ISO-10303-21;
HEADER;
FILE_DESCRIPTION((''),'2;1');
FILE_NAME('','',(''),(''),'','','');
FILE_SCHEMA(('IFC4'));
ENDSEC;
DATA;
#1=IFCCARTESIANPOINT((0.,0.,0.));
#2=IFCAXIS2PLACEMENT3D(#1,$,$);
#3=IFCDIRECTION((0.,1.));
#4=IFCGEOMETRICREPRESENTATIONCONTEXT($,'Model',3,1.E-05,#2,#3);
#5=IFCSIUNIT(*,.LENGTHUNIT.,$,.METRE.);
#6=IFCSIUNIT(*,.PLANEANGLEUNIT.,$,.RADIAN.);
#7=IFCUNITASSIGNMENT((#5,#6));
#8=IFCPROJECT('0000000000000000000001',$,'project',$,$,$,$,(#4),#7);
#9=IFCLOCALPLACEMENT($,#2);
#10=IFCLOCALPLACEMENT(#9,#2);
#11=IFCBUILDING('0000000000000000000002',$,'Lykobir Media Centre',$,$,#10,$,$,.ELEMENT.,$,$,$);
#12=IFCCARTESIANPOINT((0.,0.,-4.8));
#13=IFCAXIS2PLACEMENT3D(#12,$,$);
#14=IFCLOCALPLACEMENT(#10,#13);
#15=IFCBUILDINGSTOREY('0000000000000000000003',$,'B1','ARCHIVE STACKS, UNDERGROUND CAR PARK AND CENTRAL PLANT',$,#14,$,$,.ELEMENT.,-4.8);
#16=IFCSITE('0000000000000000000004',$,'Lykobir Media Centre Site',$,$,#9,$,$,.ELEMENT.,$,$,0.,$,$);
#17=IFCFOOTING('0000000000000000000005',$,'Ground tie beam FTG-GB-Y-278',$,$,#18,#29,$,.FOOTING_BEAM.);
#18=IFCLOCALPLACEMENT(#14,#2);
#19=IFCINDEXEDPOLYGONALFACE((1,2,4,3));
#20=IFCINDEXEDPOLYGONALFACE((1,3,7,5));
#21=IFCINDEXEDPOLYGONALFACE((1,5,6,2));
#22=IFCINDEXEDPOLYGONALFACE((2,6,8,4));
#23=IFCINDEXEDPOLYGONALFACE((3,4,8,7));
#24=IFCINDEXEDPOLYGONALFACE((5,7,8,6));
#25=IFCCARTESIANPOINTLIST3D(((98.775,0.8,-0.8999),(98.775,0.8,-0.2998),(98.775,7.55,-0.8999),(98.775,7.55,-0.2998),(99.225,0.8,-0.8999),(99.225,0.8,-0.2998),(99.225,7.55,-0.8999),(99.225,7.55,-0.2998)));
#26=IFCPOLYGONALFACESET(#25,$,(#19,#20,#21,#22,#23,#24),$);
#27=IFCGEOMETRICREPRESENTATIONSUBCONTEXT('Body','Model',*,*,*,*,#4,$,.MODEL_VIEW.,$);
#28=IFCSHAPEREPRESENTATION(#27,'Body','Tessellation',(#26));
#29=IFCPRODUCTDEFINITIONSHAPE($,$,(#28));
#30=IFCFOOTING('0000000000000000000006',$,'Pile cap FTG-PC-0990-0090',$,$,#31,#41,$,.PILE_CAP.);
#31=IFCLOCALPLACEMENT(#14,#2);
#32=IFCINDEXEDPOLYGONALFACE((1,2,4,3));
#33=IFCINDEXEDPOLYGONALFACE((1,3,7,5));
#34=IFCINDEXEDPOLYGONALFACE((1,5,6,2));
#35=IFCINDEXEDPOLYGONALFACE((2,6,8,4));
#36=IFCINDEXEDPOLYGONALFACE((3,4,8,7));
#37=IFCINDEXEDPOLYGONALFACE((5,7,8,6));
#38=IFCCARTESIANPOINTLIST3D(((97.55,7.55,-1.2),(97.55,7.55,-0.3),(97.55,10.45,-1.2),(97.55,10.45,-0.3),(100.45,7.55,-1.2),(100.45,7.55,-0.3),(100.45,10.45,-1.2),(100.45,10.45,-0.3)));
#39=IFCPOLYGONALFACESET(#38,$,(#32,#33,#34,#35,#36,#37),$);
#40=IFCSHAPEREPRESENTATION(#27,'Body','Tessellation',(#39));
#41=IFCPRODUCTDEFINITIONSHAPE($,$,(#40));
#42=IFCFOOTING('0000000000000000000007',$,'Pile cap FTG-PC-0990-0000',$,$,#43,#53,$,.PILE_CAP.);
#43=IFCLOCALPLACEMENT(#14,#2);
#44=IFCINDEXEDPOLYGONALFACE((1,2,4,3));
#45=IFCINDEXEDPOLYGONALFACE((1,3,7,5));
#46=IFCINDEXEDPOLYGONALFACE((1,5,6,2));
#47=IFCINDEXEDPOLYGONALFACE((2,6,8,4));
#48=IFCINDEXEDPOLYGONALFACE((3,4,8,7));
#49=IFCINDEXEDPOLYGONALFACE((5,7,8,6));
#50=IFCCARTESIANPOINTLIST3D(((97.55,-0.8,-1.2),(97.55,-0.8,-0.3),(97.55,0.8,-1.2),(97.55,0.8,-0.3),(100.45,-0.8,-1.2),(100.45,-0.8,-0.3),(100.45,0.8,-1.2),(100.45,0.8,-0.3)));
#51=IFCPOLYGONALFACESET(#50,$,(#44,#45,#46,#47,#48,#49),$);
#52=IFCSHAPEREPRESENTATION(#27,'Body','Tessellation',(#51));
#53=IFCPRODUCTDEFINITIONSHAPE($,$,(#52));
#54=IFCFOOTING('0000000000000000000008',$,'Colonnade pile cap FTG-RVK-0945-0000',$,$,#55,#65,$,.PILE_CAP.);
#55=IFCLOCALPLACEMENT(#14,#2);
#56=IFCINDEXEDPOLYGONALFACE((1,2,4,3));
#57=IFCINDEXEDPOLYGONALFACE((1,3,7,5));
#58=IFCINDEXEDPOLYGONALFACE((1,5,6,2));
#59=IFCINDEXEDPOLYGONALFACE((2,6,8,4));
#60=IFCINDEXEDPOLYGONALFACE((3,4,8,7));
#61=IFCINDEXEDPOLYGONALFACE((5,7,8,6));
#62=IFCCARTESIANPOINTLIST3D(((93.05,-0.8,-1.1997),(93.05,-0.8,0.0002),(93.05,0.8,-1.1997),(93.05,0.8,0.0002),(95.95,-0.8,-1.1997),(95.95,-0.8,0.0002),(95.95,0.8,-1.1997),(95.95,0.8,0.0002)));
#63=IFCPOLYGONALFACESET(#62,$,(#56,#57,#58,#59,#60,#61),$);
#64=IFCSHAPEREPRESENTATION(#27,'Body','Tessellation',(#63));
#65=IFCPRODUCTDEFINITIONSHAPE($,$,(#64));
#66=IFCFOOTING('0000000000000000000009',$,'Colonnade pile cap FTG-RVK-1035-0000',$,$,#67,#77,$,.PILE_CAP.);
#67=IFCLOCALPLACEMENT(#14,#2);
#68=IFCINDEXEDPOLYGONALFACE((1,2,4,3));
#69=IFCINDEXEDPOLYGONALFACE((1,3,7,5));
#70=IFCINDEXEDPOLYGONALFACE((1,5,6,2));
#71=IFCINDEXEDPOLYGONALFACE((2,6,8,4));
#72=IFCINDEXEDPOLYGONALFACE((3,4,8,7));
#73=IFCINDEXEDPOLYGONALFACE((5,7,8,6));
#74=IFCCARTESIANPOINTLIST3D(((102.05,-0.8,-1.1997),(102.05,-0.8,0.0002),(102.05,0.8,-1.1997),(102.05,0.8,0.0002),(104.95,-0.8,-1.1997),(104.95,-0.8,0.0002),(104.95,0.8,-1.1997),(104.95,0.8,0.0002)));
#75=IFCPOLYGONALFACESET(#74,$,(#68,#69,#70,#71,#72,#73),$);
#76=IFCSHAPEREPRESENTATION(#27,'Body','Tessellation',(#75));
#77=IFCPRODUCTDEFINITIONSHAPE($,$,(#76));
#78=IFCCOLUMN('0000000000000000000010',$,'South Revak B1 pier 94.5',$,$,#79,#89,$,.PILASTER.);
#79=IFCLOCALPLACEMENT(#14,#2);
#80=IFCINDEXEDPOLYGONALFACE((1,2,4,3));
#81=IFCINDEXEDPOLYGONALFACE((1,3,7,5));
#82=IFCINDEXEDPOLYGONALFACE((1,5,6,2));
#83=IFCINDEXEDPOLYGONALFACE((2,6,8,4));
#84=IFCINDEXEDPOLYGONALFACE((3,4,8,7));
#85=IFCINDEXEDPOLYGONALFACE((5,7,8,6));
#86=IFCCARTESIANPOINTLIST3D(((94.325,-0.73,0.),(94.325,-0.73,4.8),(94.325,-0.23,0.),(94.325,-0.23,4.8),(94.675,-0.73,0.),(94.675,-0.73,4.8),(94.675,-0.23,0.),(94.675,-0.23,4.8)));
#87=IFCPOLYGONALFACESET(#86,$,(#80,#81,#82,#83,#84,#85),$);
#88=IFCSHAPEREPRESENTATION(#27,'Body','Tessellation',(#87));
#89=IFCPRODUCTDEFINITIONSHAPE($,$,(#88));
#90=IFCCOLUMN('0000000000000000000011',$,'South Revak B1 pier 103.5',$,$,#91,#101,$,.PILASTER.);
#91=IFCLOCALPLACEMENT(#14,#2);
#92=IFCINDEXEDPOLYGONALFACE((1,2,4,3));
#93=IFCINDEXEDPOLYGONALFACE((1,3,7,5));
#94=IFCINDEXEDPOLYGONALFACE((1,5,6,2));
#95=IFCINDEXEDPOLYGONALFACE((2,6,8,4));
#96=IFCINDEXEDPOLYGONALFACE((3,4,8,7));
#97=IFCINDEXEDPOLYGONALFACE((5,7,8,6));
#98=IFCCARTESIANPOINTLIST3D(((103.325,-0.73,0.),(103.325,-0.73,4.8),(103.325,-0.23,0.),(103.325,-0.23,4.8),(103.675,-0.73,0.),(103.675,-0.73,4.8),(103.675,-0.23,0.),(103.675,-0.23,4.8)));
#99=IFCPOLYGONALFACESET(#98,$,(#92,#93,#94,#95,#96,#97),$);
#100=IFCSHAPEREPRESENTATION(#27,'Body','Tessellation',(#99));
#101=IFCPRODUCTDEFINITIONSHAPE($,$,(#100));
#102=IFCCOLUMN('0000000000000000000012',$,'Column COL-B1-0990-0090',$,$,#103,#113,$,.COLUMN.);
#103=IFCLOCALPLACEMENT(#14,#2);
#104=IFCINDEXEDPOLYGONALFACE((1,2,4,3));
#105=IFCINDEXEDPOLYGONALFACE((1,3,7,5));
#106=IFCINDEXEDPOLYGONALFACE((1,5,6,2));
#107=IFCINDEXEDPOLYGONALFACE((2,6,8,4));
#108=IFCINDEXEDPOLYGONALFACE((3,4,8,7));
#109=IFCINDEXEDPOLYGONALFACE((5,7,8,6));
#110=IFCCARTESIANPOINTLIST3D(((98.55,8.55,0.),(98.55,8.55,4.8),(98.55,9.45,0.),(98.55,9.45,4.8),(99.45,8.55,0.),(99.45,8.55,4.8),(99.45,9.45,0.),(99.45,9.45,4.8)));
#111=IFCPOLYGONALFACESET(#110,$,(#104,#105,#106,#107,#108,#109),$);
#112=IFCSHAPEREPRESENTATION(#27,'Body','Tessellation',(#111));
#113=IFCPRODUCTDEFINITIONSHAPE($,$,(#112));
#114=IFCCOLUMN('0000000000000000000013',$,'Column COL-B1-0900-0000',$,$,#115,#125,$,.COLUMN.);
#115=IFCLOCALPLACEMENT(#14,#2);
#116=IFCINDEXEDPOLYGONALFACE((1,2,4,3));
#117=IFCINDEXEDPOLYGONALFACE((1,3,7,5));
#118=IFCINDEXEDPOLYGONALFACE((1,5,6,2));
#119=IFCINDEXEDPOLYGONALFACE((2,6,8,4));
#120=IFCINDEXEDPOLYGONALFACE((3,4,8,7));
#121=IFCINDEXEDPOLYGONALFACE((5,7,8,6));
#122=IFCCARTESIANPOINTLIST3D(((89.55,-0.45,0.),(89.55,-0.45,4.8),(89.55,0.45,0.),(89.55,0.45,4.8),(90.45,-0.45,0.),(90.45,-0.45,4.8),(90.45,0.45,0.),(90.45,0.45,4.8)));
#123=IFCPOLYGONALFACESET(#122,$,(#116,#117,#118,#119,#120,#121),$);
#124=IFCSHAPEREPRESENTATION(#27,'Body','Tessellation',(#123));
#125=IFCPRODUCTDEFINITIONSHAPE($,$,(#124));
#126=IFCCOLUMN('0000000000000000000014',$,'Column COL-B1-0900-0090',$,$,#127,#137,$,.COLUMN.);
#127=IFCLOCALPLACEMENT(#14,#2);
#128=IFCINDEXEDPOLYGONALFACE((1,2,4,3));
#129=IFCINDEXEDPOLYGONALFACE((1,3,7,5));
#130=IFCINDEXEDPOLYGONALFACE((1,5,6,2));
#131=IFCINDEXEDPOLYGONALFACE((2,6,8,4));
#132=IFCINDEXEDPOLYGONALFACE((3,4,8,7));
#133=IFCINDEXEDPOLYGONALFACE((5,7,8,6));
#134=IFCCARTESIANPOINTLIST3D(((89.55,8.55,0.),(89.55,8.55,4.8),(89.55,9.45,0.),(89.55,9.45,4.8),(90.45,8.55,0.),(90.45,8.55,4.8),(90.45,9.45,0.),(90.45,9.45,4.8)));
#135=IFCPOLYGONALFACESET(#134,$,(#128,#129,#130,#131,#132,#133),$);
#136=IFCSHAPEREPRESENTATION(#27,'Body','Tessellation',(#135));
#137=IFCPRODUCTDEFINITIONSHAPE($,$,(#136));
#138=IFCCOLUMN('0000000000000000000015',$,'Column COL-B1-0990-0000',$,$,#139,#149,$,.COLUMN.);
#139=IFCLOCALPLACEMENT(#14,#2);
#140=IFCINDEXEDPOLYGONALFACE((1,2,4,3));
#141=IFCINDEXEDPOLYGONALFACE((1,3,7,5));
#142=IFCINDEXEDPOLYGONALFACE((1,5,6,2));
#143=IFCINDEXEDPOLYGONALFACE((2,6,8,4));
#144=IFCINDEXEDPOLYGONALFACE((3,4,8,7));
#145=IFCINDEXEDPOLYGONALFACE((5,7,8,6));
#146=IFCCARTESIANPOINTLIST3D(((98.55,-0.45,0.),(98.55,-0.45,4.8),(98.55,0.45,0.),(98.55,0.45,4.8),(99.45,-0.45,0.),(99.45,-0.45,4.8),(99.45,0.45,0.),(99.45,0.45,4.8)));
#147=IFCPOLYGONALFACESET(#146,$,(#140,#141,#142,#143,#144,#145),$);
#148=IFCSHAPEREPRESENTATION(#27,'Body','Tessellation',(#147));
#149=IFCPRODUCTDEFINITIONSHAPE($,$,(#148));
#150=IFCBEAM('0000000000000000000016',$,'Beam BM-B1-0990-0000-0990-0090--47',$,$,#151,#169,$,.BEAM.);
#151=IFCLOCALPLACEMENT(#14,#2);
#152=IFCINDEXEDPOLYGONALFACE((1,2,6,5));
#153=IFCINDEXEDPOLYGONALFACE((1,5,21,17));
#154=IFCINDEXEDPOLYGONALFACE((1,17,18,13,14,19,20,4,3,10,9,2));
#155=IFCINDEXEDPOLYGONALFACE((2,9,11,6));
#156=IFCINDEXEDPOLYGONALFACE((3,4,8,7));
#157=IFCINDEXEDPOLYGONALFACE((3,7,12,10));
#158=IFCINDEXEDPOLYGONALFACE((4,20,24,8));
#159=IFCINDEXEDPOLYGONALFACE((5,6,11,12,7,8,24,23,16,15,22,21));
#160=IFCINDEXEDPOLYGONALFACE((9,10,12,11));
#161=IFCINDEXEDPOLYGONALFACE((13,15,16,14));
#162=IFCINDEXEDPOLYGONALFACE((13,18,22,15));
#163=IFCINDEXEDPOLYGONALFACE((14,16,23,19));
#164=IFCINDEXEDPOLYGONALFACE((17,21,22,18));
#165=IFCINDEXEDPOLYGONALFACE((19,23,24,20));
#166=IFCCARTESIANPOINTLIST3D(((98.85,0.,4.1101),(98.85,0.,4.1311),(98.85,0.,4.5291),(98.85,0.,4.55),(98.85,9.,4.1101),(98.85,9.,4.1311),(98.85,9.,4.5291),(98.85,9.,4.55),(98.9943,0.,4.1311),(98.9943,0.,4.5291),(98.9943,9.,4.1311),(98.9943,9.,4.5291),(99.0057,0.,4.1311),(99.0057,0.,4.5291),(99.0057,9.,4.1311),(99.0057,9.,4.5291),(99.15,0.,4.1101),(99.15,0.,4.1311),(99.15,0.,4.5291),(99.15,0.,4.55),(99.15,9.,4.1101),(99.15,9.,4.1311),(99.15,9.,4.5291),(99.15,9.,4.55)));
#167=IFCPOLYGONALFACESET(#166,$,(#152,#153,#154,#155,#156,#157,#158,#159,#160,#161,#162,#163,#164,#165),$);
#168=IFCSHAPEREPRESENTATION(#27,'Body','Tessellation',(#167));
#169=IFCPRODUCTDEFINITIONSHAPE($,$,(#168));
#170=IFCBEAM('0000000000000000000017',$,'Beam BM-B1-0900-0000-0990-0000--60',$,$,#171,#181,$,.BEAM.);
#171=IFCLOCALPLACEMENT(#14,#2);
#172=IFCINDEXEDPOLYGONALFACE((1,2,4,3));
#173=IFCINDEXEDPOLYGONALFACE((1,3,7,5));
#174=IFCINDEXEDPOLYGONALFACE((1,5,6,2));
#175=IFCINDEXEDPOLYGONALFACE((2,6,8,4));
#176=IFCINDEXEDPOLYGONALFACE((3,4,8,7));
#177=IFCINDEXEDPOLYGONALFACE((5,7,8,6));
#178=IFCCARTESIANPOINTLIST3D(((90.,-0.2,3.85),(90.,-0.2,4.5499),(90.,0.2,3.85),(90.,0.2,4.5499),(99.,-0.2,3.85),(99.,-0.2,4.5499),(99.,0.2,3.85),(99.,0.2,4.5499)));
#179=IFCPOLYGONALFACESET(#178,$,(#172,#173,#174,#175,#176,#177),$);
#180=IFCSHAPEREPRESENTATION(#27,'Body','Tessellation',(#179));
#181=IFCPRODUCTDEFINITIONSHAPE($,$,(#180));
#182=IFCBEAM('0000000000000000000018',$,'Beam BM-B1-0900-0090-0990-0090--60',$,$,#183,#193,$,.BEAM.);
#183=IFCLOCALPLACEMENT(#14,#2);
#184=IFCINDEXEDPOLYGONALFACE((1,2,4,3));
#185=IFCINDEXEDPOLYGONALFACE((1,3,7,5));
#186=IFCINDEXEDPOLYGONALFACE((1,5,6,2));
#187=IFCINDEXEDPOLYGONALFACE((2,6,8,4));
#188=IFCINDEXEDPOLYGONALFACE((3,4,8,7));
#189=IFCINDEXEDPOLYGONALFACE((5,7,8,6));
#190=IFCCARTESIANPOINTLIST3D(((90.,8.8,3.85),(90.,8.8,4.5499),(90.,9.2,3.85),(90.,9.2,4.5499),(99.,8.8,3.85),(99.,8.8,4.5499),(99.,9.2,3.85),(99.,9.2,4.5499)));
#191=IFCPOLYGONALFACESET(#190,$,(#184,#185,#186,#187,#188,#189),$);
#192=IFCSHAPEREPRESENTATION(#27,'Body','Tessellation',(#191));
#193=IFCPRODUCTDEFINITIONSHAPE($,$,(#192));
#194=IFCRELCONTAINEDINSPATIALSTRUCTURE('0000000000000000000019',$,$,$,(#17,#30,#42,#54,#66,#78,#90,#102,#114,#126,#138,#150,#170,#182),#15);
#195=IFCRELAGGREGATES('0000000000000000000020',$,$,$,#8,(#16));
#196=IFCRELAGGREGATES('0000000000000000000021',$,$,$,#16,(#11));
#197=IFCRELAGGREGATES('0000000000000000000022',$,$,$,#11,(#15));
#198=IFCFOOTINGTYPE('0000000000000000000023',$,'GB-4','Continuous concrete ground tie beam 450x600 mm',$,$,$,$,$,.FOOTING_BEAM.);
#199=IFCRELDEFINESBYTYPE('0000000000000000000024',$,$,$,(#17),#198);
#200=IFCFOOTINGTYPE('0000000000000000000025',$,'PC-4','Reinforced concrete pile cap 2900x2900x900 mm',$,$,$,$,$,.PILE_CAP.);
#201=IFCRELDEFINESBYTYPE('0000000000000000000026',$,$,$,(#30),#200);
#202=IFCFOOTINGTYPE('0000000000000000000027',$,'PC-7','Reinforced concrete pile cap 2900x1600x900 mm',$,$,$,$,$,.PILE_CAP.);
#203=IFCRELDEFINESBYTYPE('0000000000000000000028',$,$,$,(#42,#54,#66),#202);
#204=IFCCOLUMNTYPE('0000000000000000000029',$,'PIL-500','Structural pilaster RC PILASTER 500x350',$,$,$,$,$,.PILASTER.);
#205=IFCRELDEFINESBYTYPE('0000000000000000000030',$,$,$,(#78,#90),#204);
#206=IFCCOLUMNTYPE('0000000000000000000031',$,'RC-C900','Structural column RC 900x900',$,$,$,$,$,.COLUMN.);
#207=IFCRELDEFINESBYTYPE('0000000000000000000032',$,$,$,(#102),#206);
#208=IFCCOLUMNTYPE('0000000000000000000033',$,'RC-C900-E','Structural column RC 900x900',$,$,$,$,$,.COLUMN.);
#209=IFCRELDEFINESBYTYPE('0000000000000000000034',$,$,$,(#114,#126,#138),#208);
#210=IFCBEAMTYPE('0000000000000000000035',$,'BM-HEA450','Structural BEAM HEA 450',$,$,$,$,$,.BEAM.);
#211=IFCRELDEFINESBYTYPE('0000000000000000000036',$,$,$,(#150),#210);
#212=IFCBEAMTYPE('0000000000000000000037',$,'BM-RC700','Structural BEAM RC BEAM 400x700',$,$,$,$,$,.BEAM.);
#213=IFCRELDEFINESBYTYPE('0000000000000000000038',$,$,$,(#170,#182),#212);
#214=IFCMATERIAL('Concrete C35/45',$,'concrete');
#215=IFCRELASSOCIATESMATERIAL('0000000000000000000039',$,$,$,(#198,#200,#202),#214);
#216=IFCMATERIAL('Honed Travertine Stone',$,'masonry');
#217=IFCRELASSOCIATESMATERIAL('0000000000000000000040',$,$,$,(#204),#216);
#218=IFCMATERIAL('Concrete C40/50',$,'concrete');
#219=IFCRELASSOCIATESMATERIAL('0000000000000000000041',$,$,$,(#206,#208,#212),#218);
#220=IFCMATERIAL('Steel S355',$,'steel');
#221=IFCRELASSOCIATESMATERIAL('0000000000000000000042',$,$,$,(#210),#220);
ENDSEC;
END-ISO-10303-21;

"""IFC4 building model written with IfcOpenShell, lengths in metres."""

from ifc_helpers import new_model, si_unit, direction, frame, origin, origin_2d, place, context, subcontext, project, spatial, rectangle, i_section, extrude, material, material_profile, profile_set, type_object, element, save


model = new_model("IFC4")

# Units and contexts
model_context = context("Model", 3, precision=1e-05, world=origin(), true_north=direction((0.0, 1.0)))
body_context = subcontext(model_context, "Body", "Model", "MODEL_VIEW")
ifc_project = project(units=[si_unit("LENGTHUNIT", "METRE"), si_unit("PLANEANGLEUNIT", "RADIAN")], contexts=[model_context])

# Site, building, storey
site_placement = place(None, origin())
site = spatial("IfcSite", under=ifc_project, at=site_placement, Name="Lykobir Media Centre Site", CompositionType="ELEMENT", RefElevation=0.0)
building_placement = place(site_placement, origin())
building = spatial("IfcBuilding", under=site, at=building_placement, Name="Lykobir Media Centre", CompositionType="ELEMENT")
storey_placement = place(building_placement, frame((0.0, 0.0, -4.8)))
storey = spatial("IfcBuildingStorey", under=building, at=storey_placement, Name="B1", Description="ARCHIVE STACKS, UNDERGROUND CAR PARK AND CENTRAL PLANT", CompositionType="ELEMENT", Elevation=-4.8)

# Footings
ifc_material_1 = material(Name="Concrete C35/45", Category="concrete")
footing_type_1 = type_object("IfcFootingType", Name="GB-4", Description="Continuous concrete ground tie beam 450x600 mm", PredefinedType="FOOTING_BEAM", material=ifc_material_1)
footing_1_placement = place(storey_placement, frame((99.0, 4.175, -0.8999), z_axis=(0.0, 0.0, 1.0), x_axis=(0.0, 1.0, 0.0)))
element("IfcFooting", 1, at=footing_1_placement, inside=storey, type_object=footing_type_1, Name="Ground tie beam FTG-GB-Y-278", PredefinedType="FOOTING_BEAM", context=body_context, shape_type="SweptSolid", body=[
    extrude(rectangle(XDim=6.75, YDim=0.45, at=origin_2d()), origin(), (0.0, 0.0, 1.0), 0.6001),
])
footing_type_2 = type_object("IfcFootingType", Name="PC-4", Description="Reinforced concrete pile cap 2900x2900x900 mm", PredefinedType="PILE_CAP", material=ifc_material_1)
footing_2_placement = place(storey_placement, frame((99.0, 9.0, -1.2), z_axis=(0.0, 0.0, 1.0), x_axis=(1.0, 0.0, 0.0)))
element("IfcFooting", 2, at=footing_2_placement, inside=storey, type_object=footing_type_2, Name="Pile cap FTG-PC-0990-0090", PredefinedType="PILE_CAP", context=body_context, shape_type="SweptSolid", body=[
    extrude(rectangle(XDim=2.8999, YDim=2.8999, at=origin_2d()), origin(), (0.0, 0.0, 1.0), 0.8999),
])
footing_type_3 = type_object("IfcFootingType", Name="PC-7", Description="Reinforced concrete pile cap 2900x1600x900 mm", PredefinedType="PILE_CAP", material=ifc_material_1)
footing_3_placement = place(storey_placement, frame((99.0, 0.0, -1.2), z_axis=(0.0, 0.0, 1.0), x_axis=(1.0, 0.0, 0.0)))
element("IfcFooting", 3, at=footing_3_placement, inside=storey, type_object=footing_type_3, Name="Pile cap FTG-PC-0990-0000", PredefinedType="PILE_CAP", context=body_context, shape_type="SweptSolid", body=[
    extrude(rectangle(XDim=2.8999, YDim=1.6001, at=origin_2d()), origin(), (0.0, 0.0, 1.0), 0.8999),
])
for number, where, z_axis, x_axis, name in (
    (4, (94.5, 0.0, -1.1997), (0.0, 0.0, 1.0), (1.0, 0.0, 0.0), "Colonnade pile cap FTG-RVK-0945-0000"),
    (5, (103.5, 0.0, -1.1997), (0.0, 0.0, 1.0), (1.0, 0.0, 0.0), "Colonnade pile cap FTG-RVK-1035-0000"),
):
    element("IfcFooting", number, at=place(storey_placement, frame(where, z_axis=z_axis, x_axis=x_axis)), inside=storey, type_object=footing_type_3, Name=name, PredefinedType="PILE_CAP", context=body_context, shape_type="SweptSolid", body=[
        extrude(rectangle(XDim=2.8999, YDim=1.6001, at=origin_2d()), origin(), (0.0, 0.0, 1.0), 1.2),
    ])

# Columns
ifc_material_2 = material(Name="Honed Travertine Stone", Category="masonry")
ifc_material_profile_1 = material_profile(ifc_material_2, rectangle(XDim=0.3501, YDim=0.5, at=origin_2d()), Name="RC PILASTER 500x350")
ifc_profile_set_1 = profile_set([ifc_material_profile_1], Name="Honed Travertine Stone")
column_type_1 = type_object("IfcColumnType", Name="PIL-500", Description="Structural pilaster RC PILASTER 500x350", PredefinedType="PILASTER", material=ifc_profile_set_1)
for number, where, z_axis, x_axis, name in (
    (6, (94.5, -0.48, 0.0), (0.0, 0.0, 1.0), (1.0, 0.0, 0.0), "South Revak B1 pier 94.5"),
    (7, (103.5, -0.48, 0.0), (0.0, 0.0, 1.0), (1.0, 0.0, 0.0), "South Revak B1 pier 103.5"),
):
    element("IfcColumn", number, at=place(storey_placement, frame(where, z_axis=z_axis, x_axis=x_axis)), inside=storey, type_object=column_type_1, Name=name, PredefinedType="PILASTER", context=body_context, shape_type="SweptSolid", body=[
        extrude(rectangle(XDim=0.3501, YDim=0.5, at=origin_2d()), origin(), (0.0, 0.0, 1.0), 4.8),
    ])
ifc_material_3 = material(Name="Concrete C40/50", Category="concrete")
ifc_material_profile_2 = material_profile(ifc_material_3, rectangle(XDim=0.8999, YDim=0.8999, at=origin_2d()), Name="RC 900x900")
ifc_profile_set_2 = profile_set([ifc_material_profile_2], Name="Concrete C40/50")
column_type_2 = type_object("IfcColumnType", Name="RC-C900", Description="Structural column RC 900x900", PredefinedType="COLUMN", material=ifc_profile_set_2)
column_placement = place(storey_placement, frame((99.0, 9.0, 0.0), z_axis=(0.0, 0.0, 1.0), x_axis=(1.0, 0.0, 0.0)))
element("IfcColumn", 8, at=column_placement, inside=storey, type_object=column_type_2, Name="Column COL-B1-0990-0090", PredefinedType="COLUMN", context=body_context, shape_type="SweptSolid", body=[
    extrude(rectangle(XDim=0.8999, YDim=0.8999, at=origin_2d()), origin(), (0.0, 0.0, 1.0), 4.8),
])
ifc_material_profile_3 = material_profile(ifc_material_3, rectangle(XDim=0.8999, YDim=0.8999, at=origin_2d()), Name="RC 900x900")
ifc_profile_set_3 = profile_set([ifc_material_profile_3], Name="Concrete C40/50")
column_type_3 = type_object("IfcColumnType", Name="RC-C900-E", Description="Structural column RC 900x900", PredefinedType="COLUMN", material=ifc_profile_set_3)
for number, where, z_axis, x_axis, name in (
    (9, (90.0, 0.0, 0.0), (0.0, 0.0, 1.0), (1.0, 0.0, 0.0), "Column COL-B1-0900-0000"),
    (10, (90.0, 9.0, 0.0), (0.0, 0.0, 1.0), (1.0, 0.0, 0.0), "Column COL-B1-0900-0090"),
    (11, (99.0, 0.0, 0.0), (0.0, 0.0, 1.0), (1.0, 0.0, 0.0), "Column COL-B1-0990-0000"),
):
    element("IfcColumn", number, at=place(storey_placement, frame(where, z_axis=z_axis, x_axis=x_axis)), inside=storey, type_object=column_type_3, Name=name, PredefinedType="COLUMN", context=body_context, shape_type="SweptSolid", body=[
        extrude(rectangle(XDim=0.8999, YDim=0.8999, at=origin_2d()), origin(), (0.0, 0.0, 1.0), 4.8),
    ])

# Beams
ifc_material_4 = material(Name="Steel S355", Category="steel")
ifc_material_profile_4 = material_profile(ifc_material_4, i_section(OverallWidth=0.3, OverallDepth=0.4399, WebThickness=0.0115, FlangeThickness=0.021, at=origin_2d()), Name="HEA 450")
ifc_profile_set_4 = profile_set([ifc_material_profile_4], Name="Steel S355")
beam_type_1 = type_object("IfcBeamType", Name="BM-HEA450", Description="Structural BEAM HEA 450", PredefinedType="BEAM", material=ifc_profile_set_4)
beam_placement = place(storey_placement, frame((99.0, 0.0, 4.3301), z_axis=(0.0, 1.0, 0.0), x_axis=(-1.0, 0.0, 0.0)))
element("IfcBeam", 12, at=beam_placement, inside=storey, type_object=beam_type_1, Name="Beam BM-B1-0990-0000-0990-0090--47", PredefinedType="BEAM", context=body_context, shape_type="SweptSolid", body=[
    extrude(i_section(OverallWidth=0.3, OverallDepth=0.4399, WebThickness=0.0115, FlangeThickness=0.021, at=origin_2d()), origin(), (0.0, 0.0, 1.0), 9.0),
])
ifc_material_profile_5 = material_profile(ifc_material_3, rectangle(XDim=0.3999, YDim=0.7, at=origin_2d()), Name="RC BEAM 400x700")
ifc_profile_set_5 = profile_set([ifc_material_profile_5], Name="Concrete C40/50")
beam_type_2 = type_object("IfcBeamType", Name="BM-RC700", Description="Structural BEAM RC BEAM 400x700", PredefinedType="BEAM", material=ifc_profile_set_5)
for number, where, z_axis, x_axis, name in (
    (13, (90.0, 0.0, 4.2), (1.0, 0.0, 0.0), (0.0, 1.0, 0.0), "Beam BM-B1-0900-0000-0990-0000--60"),
    (14, (90.0, 9.0, 4.2), (1.0, 0.0, 0.0), (0.0, 1.0, 0.0), "Beam BM-B1-0900-0090-0990-0090--60"),
):
    element("IfcBeam", number, at=place(storey_placement, frame(where, z_axis=z_axis, x_axis=x_axis)), inside=storey, type_object=beam_type_2, Name=name, PredefinedType="BEAM", context=body_context, shape_type="SweptSolid", body=[
        extrude(rectangle(XDim=0.3999, YDim=0.7, at=origin_2d()), origin(), (0.0, 0.0, 1.0), 9.0),
    ])

save(model, "model.ifc")
